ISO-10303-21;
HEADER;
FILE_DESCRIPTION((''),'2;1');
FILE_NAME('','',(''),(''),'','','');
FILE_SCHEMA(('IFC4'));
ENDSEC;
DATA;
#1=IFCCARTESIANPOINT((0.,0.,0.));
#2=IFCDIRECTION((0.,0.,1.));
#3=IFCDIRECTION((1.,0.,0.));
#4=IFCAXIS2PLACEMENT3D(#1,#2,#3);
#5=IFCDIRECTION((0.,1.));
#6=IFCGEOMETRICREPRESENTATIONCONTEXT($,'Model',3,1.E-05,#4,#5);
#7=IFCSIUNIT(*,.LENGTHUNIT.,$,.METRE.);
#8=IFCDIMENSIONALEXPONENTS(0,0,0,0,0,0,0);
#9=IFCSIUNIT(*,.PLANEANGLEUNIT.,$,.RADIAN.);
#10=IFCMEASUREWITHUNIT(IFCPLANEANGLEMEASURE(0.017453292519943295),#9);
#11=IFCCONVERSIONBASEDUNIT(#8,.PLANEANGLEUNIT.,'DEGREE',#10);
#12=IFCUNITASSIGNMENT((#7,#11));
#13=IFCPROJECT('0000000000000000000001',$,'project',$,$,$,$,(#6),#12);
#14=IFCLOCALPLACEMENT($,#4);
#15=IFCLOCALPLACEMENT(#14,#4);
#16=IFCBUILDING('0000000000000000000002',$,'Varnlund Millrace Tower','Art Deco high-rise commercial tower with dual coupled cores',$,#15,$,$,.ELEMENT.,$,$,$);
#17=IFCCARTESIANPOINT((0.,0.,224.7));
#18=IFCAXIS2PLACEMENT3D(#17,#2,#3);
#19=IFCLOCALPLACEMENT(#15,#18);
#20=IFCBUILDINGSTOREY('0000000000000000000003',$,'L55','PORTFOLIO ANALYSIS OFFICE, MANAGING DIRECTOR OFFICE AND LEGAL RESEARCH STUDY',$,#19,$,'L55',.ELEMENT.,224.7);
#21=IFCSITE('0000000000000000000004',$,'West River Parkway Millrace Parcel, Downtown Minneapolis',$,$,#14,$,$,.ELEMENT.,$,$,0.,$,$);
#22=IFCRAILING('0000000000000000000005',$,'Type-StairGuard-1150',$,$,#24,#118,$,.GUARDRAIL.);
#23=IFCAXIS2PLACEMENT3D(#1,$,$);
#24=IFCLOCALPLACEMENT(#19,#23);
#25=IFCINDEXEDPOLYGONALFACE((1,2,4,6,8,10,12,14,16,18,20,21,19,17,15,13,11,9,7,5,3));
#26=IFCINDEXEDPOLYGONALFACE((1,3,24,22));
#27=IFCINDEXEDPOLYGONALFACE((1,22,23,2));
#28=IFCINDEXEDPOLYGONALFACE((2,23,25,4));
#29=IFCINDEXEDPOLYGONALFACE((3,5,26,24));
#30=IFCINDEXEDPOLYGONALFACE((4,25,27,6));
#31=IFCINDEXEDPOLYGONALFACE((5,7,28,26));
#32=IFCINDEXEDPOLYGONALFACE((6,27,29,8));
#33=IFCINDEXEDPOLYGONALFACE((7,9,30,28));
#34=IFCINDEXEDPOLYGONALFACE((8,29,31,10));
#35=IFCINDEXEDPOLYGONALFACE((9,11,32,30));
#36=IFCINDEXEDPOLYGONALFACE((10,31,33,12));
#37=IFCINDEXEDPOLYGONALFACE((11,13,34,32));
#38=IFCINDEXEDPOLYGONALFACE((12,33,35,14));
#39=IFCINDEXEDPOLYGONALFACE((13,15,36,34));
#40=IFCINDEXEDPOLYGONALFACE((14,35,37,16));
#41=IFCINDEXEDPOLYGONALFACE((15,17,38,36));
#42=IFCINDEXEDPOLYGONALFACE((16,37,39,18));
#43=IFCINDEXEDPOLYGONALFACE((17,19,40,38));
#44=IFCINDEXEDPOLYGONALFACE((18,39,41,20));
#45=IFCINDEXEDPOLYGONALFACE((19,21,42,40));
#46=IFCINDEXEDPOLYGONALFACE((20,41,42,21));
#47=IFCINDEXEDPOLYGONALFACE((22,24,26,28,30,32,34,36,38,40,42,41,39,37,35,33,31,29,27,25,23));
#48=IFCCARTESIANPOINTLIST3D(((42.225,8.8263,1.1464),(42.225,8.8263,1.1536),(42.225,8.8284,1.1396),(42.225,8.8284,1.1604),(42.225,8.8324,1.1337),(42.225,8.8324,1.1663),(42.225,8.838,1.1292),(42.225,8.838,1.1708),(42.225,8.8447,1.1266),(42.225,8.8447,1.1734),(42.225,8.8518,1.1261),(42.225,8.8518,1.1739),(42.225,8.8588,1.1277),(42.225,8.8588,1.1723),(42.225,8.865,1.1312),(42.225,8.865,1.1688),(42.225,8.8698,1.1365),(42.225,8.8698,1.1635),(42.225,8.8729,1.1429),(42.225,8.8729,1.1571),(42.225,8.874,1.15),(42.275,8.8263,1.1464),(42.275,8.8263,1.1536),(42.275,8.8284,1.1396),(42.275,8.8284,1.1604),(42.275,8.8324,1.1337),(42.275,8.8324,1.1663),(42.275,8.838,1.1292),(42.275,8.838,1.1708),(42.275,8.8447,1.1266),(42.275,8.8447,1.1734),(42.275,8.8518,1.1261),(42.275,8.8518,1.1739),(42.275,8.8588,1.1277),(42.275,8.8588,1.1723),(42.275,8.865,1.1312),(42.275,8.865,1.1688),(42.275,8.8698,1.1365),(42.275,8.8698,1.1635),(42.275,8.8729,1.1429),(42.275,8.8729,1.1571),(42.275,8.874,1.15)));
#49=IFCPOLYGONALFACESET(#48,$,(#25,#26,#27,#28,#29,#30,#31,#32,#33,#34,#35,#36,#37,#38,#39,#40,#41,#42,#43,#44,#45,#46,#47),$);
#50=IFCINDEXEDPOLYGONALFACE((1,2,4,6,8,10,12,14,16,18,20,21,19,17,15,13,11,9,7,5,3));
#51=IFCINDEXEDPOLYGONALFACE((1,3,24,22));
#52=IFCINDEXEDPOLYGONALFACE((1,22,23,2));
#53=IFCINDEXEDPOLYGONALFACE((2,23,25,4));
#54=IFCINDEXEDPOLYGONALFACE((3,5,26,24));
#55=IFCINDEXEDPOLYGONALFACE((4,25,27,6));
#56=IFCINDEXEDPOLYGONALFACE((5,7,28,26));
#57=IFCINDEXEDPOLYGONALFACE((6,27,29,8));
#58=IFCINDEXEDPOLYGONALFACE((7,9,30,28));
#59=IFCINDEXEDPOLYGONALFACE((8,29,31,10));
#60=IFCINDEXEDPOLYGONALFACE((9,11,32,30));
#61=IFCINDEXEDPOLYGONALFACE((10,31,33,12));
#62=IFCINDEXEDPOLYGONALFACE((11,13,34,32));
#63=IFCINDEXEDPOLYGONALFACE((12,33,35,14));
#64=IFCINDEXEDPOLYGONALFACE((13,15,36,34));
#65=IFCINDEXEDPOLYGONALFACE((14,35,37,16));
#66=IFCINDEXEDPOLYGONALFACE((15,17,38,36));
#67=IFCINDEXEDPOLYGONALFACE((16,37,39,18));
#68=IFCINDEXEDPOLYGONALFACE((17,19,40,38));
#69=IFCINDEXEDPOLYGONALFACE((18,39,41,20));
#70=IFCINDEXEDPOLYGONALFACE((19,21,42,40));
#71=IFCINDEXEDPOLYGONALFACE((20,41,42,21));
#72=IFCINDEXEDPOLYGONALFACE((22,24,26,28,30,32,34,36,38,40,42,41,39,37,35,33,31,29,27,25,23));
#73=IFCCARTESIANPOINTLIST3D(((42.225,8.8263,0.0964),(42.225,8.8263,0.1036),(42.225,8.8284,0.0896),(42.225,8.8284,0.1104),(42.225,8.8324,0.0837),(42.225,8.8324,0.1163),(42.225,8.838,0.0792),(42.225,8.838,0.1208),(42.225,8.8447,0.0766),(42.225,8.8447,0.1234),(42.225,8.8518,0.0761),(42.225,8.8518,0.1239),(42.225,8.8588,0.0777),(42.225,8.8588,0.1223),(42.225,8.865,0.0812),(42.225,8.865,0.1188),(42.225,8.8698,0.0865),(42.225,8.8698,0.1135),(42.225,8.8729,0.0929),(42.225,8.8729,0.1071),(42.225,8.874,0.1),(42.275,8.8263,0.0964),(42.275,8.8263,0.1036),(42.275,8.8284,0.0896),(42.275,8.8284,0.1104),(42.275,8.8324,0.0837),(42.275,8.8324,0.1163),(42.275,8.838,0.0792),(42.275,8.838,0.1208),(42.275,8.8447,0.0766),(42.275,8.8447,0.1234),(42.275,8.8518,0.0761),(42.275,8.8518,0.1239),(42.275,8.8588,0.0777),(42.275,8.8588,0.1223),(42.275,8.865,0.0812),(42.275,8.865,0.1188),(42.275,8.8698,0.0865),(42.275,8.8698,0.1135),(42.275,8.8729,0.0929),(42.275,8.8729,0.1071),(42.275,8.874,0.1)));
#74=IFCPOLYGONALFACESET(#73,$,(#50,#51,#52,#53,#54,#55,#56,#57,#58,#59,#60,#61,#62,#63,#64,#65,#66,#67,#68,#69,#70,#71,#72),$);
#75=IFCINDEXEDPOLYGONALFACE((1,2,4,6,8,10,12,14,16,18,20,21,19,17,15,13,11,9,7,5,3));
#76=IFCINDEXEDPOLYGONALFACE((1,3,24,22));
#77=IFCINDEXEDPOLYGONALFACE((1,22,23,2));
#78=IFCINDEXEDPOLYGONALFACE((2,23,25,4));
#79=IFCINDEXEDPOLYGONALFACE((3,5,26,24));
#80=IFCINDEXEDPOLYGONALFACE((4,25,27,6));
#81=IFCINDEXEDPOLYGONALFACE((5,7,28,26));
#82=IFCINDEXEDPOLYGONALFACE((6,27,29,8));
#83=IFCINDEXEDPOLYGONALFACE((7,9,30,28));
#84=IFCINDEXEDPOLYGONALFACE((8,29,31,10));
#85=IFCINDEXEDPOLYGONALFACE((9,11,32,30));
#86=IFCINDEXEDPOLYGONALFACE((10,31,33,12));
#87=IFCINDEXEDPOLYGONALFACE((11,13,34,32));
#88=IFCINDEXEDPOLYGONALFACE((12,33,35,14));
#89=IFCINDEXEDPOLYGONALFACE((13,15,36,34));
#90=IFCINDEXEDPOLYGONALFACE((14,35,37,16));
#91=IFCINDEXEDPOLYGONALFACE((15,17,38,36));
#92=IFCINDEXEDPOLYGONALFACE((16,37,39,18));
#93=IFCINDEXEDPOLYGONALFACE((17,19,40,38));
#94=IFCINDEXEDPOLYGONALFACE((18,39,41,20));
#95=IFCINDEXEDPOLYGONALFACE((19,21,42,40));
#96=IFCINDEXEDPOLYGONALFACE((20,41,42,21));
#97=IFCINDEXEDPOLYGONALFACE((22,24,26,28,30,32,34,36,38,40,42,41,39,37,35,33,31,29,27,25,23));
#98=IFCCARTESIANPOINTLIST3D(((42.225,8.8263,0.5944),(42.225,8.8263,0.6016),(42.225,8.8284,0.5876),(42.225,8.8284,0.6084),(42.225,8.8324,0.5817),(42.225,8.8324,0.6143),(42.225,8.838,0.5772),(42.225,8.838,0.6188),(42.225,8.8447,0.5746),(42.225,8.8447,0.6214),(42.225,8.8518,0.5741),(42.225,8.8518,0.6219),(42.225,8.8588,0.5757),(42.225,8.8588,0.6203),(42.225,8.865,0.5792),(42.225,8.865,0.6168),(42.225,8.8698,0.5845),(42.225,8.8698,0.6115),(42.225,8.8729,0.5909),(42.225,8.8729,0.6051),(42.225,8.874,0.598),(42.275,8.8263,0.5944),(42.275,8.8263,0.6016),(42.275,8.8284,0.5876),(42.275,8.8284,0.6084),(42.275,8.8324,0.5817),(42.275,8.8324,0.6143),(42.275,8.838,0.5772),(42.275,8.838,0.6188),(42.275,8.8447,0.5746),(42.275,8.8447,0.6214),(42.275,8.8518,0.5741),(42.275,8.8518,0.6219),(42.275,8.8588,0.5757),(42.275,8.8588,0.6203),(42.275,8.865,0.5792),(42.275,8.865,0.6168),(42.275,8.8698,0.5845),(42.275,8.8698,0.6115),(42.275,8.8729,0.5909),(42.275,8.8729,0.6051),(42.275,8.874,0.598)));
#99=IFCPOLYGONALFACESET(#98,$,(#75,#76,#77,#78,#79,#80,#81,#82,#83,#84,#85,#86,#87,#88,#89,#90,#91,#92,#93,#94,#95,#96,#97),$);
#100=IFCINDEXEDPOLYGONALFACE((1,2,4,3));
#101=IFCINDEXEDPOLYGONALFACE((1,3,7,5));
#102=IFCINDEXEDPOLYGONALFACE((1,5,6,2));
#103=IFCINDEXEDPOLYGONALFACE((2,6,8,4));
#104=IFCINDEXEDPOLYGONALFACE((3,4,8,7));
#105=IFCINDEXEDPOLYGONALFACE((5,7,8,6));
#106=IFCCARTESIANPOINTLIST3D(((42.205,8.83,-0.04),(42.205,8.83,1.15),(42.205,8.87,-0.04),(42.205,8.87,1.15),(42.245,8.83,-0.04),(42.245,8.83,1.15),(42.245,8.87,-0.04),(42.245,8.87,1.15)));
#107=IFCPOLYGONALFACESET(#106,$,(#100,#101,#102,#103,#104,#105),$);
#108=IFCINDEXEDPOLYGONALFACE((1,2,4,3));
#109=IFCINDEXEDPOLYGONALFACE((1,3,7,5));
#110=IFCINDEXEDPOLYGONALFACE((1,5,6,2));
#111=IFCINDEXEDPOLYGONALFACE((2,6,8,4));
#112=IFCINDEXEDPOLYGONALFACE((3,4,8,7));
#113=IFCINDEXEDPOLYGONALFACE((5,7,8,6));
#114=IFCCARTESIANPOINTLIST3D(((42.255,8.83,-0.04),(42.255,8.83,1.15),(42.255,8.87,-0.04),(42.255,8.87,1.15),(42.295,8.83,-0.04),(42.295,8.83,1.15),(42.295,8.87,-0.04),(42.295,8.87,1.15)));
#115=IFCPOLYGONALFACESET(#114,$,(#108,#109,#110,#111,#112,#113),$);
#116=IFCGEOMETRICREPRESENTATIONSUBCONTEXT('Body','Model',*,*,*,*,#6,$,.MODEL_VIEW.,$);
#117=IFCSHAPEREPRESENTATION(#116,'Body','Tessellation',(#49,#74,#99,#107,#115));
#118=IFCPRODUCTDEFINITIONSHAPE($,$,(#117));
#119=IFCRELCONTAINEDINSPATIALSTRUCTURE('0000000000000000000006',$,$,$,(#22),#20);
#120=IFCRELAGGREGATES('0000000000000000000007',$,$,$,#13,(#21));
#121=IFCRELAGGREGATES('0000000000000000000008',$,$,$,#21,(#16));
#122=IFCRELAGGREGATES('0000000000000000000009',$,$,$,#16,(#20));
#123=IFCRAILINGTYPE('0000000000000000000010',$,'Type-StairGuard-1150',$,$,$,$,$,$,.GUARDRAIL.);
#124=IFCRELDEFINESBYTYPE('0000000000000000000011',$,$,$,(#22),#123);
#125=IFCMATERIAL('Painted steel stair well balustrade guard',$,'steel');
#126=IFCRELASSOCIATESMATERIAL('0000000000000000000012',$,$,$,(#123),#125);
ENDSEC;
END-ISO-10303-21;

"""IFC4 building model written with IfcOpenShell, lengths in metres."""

from ifc_helpers import new_model, entity, si_unit, converted_unit, direction, frame, origin_with_axes, origin_2d_with_axis, place, context, subcontext, project, spatial, rectangle, circle, extrude, material, type_object, element, save


model = new_model("IFC4")

# Units and contexts
model_context = context("Model", 3, precision=1e-05, world=origin_with_axes(), true_north=direction((0.0, 1.0)))
body_context = subcontext(model_context, "Body", "Model", "MODEL_VIEW")
ifc_project = project(units=[si_unit("LENGTHUNIT", "METRE"), converted_unit("PLANEANGLEUNIT", "DEGREE", entity("IfcPlaneAngleMeasure", 0.017453292519943295), si_unit("PLANEANGLEUNIT", "RADIAN"), dimensions=[0, 0, 0, 0, 0, 0, 0])], contexts=[model_context])

# Site, building, storey
site_placement = place(None, origin_with_axes())
site = spatial("IfcSite", under=ifc_project, at=site_placement, Name="West River Parkway Millrace Parcel, Downtown Minneapolis", CompositionType="ELEMENT", RefElevation=0.0)
building_placement = place(site_placement, origin_with_axes())
building = spatial("IfcBuilding", under=site, at=building_placement, Name="Varnlund Millrace Tower", Description="Art Deco high-rise commercial tower with dual coupled cores", CompositionType="ELEMENT")
storey_placement = place(building_placement, frame((0.0, 0.0, 224.7), z_axis=(0.0, 0.0, 1.0), x_axis=(1.0, 0.0, 0.0)))
storey = spatial("IfcBuildingStorey", under=building, at=storey_placement, Name="L55", Description="PORTFOLIO ANALYSIS OFFICE, MANAGING DIRECTOR OFFICE AND LEGAL RESEARCH STUDY", LongName="L55", CompositionType="ELEMENT", Elevation=224.7)

# Railing
ifc_material_1 = material(Name="Painted steel stair well balustrade guard", Category="steel")
railing_type_1 = type_object("IfcRailingType", Name="Type-StairGuard-1150", PredefinedType="GUARDRAIL", material=ifc_material_1)
railing_1_placement = place(storey_placement, frame((0.0, 0.0, -224.7), z_axis=(0.0, 0.0, 1.0), x_axis=(1.0, 0.0, 0.0)))
element("IfcRailing", 1, at=railing_1_placement, inside=storey, type_object=railing_type_1, Name="Type-StairGuard-1150", PredefinedType="GUARDRAIL", context=body_context, shape_type="SweptSolid", body=[
    extrude(circle(Radius=0.024, at=origin_2d_with_axis()), frame((42.225, 8.85, 225.85), z_axis=(1.0, 0.0, 0.0), x_axis=(0.0, 1.0, 0.0)), (0.0, 0.0, 1.0), 0.05),
    extrude(circle(Radius=0.024, at=origin_2d_with_axis()), frame((42.225, 8.85, 224.8), z_axis=(1.0, 0.0, 0.0), x_axis=(0.0, 1.0, 0.0)), (0.0, 0.0, 1.0), 0.05),
    extrude(circle(Radius=0.024, at=origin_2d_with_axis()), frame((42.225, 8.85, 225.298), z_axis=(1.0, 0.0, 0.0), x_axis=(0.0, 1.0, 0.0)), (0.0, 0.0, 1.0), 0.05),
    extrude(rectangle(XDim=0.04, YDim=0.04, at=origin_2d_with_axis()), frame((42.225, 8.85, 224.66), z_axis=(0.0, 0.0, 1.0), x_axis=(1.0, 0.0, 0.0)), (0.0, 0.0, 1.0), 1.19),
    extrude(rectangle(XDim=0.04, YDim=0.04, at=origin_2d_with_axis()), frame((42.275, 8.85, 224.66), z_axis=(0.0, 0.0, 1.0), x_axis=(1.0, 0.0, 0.0)), (0.0, 0.0, 1.0), 1.19),
])

save(model, "model.ifc")
